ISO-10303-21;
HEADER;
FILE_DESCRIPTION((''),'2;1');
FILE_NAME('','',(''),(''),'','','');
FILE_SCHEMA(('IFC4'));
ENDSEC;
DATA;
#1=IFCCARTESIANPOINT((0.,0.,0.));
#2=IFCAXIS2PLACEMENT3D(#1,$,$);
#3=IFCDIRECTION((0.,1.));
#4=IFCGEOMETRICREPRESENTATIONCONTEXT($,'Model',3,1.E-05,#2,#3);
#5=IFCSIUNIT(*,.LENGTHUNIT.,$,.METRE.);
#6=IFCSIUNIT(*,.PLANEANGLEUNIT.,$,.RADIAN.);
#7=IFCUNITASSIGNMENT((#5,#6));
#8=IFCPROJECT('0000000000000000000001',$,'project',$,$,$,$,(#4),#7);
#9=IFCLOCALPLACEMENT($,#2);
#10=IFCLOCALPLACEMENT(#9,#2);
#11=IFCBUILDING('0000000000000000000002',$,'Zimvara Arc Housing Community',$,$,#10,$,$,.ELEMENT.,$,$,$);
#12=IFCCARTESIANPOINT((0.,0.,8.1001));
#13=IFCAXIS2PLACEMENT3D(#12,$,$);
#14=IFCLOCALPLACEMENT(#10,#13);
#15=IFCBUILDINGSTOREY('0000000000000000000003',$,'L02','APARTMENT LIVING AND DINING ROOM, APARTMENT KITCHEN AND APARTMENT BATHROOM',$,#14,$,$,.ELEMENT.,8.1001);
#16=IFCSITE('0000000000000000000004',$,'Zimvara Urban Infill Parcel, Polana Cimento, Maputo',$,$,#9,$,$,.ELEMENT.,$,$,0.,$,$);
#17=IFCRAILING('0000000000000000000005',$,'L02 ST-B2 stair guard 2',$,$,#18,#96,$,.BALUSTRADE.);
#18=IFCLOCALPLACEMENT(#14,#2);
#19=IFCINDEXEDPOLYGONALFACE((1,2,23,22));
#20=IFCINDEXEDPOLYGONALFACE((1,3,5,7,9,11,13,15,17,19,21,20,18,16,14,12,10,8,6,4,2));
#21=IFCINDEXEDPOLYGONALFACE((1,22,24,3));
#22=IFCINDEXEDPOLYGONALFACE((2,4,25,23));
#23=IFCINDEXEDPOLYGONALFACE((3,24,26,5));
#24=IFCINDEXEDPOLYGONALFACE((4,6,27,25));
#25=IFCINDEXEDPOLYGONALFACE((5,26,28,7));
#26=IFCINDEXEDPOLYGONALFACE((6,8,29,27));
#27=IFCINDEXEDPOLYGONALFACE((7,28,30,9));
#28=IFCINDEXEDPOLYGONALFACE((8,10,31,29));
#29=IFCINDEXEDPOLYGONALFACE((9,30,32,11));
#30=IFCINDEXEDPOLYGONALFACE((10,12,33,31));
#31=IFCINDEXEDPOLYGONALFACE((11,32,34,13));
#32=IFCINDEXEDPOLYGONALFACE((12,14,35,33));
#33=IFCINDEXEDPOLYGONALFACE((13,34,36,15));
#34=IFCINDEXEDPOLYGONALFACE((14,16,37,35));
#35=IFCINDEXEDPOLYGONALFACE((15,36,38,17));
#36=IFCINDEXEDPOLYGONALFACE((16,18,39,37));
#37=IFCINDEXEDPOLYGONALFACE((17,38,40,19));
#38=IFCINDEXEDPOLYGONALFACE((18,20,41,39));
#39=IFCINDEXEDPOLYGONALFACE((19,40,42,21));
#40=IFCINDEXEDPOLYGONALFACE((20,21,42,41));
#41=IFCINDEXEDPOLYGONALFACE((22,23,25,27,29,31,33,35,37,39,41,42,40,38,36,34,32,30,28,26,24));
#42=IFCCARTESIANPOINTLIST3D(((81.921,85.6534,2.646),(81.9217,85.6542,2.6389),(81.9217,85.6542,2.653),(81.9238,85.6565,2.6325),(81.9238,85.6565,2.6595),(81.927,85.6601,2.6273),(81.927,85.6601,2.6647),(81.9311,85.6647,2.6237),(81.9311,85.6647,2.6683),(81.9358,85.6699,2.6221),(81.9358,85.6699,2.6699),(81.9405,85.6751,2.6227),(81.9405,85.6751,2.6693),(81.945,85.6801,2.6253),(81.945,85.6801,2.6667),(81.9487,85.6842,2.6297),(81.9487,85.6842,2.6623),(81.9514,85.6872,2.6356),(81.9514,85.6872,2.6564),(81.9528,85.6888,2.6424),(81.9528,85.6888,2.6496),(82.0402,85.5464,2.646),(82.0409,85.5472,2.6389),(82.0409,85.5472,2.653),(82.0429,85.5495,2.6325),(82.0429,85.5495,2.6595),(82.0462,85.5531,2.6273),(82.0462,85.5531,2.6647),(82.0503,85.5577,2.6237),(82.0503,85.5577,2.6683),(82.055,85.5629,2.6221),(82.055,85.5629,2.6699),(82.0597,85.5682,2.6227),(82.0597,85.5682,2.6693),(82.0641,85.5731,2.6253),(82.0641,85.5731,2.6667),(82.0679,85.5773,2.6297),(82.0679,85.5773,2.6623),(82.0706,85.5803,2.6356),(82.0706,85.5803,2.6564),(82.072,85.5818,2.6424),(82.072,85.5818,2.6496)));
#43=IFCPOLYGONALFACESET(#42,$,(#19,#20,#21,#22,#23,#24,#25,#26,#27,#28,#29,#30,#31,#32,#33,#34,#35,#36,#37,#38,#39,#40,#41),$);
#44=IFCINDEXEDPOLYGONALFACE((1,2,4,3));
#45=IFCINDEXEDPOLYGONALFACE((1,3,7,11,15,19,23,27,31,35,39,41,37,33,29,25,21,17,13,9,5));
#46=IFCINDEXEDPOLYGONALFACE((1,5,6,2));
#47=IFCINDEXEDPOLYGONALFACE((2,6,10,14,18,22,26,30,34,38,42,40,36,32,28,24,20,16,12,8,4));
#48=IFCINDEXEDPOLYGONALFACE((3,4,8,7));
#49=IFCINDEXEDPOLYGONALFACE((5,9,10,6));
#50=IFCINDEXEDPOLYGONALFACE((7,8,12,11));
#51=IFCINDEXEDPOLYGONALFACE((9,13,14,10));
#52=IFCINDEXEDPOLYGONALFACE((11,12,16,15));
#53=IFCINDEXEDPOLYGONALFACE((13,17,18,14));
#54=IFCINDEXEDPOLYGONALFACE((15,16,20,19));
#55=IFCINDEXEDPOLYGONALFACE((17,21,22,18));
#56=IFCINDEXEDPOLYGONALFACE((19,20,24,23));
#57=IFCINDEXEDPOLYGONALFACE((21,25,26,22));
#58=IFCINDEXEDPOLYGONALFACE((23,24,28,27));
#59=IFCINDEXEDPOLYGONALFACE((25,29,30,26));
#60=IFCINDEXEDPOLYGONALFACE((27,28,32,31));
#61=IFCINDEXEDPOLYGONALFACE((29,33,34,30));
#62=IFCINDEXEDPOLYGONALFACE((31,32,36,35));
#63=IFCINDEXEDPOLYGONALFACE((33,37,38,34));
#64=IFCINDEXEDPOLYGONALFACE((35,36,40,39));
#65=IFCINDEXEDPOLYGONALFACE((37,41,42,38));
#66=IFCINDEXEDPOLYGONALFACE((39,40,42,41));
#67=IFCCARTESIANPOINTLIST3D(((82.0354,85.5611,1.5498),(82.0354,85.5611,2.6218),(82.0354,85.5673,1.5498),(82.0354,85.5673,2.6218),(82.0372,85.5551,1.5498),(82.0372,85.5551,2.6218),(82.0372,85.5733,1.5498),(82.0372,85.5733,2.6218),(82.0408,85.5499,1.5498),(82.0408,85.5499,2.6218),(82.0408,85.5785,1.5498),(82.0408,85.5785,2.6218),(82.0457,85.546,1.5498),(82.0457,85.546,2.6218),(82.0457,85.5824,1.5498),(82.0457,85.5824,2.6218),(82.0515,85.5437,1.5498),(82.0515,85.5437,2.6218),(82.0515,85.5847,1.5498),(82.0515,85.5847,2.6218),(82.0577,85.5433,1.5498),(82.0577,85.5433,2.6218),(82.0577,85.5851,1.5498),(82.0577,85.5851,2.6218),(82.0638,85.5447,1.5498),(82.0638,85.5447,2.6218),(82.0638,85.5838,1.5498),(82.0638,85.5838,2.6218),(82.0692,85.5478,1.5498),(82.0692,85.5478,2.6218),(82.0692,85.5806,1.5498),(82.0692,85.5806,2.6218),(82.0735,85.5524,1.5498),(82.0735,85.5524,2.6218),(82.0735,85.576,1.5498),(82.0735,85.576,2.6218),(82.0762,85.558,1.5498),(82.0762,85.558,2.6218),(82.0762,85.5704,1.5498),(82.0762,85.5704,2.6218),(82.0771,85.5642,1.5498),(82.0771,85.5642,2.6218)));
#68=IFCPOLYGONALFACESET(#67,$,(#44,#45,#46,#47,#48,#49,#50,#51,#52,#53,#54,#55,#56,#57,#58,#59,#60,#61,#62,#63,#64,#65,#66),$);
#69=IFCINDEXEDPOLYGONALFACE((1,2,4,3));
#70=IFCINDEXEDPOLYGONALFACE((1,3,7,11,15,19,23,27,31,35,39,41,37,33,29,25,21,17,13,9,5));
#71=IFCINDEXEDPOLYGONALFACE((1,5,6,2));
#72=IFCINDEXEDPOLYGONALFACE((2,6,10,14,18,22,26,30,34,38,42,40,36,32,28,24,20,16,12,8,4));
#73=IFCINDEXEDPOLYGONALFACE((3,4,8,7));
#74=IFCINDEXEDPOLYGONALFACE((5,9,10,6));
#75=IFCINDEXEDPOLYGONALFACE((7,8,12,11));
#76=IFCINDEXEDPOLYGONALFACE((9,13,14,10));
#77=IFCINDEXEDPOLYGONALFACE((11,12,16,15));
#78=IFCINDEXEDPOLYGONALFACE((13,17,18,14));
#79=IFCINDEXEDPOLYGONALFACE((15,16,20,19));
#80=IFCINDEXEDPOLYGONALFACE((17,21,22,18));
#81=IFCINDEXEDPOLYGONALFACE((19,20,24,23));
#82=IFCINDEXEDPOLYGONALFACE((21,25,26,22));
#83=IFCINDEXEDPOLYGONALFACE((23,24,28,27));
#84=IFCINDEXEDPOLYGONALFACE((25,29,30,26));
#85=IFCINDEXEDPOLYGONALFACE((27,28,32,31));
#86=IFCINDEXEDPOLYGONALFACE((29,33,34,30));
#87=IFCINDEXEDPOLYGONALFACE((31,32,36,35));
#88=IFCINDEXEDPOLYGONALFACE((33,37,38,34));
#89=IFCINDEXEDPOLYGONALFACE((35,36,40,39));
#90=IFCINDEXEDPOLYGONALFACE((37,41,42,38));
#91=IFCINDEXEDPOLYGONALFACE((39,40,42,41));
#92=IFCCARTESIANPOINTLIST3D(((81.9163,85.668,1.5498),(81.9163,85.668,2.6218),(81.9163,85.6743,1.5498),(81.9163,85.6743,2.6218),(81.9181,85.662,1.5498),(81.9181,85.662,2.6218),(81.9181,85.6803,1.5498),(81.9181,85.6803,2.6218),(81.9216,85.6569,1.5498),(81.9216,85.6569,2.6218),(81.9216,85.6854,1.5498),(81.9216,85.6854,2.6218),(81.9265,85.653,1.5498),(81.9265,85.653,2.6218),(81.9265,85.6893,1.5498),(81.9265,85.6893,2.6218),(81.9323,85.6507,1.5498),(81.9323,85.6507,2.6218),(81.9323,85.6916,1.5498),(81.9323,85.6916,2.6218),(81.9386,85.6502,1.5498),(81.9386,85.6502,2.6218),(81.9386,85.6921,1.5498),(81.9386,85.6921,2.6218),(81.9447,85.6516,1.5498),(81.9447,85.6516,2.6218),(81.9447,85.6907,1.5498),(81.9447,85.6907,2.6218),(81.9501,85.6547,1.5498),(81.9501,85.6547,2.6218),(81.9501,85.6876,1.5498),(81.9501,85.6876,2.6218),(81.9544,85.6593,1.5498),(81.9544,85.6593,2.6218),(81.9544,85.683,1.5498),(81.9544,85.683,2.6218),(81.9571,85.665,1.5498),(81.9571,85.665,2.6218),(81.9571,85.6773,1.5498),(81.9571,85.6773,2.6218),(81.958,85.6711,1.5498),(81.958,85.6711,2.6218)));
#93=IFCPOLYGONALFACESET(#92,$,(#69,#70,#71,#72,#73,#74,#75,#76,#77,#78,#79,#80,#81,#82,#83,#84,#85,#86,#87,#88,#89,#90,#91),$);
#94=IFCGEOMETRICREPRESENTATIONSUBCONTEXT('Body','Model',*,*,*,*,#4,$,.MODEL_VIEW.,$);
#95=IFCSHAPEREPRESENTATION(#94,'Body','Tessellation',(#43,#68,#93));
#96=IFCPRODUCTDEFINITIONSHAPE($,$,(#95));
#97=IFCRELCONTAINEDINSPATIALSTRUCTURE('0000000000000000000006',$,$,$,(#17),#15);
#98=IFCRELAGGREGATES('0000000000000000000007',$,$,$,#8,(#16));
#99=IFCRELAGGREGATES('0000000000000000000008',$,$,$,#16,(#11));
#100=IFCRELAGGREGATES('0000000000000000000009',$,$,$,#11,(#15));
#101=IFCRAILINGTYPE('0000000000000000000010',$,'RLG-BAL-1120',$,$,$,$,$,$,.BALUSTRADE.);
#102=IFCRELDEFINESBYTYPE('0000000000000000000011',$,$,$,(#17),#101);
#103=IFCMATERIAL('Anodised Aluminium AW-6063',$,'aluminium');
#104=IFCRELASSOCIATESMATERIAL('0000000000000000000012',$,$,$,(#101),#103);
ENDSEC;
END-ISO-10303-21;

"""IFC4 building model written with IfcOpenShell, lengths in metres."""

from ifc_helpers import new_model, si_unit, direction, frame, origin, origin_2d, place, context, subcontext, project, spatial, circle, extrude, material, type_object, element, save


model = new_model("IFC4")

# Units and contexts
model_context = context("Model", 3, precision=1e-05, world=origin(), true_north=direction((0.0, 1.0)))
body_context = subcontext(model_context, "Body", "Model", "MODEL_VIEW")
ifc_project = project(units=[si_unit("LENGTHUNIT", "METRE"), si_unit("PLANEANGLEUNIT", "RADIAN")], contexts=[model_context])

# Site, building, storey
site_placement = place(None, origin())
site = spatial("IfcSite", under=ifc_project, at=site_placement, Name="Zimvara Urban Infill Parcel, Polana Cimento, Maputo", CompositionType="ELEMENT", RefElevation=0.0)
building_placement = place(site_placement, origin())
building = spatial("IfcBuilding", under=site, at=building_placement, Name="Zimvara Arc Housing Community", CompositionType="ELEMENT")
storey_placement = place(building_placement, frame((0.0, 0.0, 8.1001)))
storey = spatial("IfcBuildingStorey", under=building, at=storey_placement, Name="L02", Description="APARTMENT LIVING AND DINING ROOM, APARTMENT KITCHEN AND APARTMENT BATHROOM", CompositionType="ELEMENT", Elevation=8.1001)

# Railing
ifc_material_1 = material(Name="Anodised Aluminium AW-6063", Category="aluminium")
railing_type_1 = type_object("IfcRailingType", Name="RLG-BAL-1120", PredefinedType="BALUSTRADE", material=ifc_material_1)
railing_1_placement = place(storey_placement, frame((82.0562, 85.5642, 1.5498)))
element("IfcRailing", 1, at=railing_1_placement, inside=storey, type_object=railing_type_1, Name="L02 ST-B2 stair guard 2", PredefinedType="BALUSTRADE", context=body_context, shape_type="SweptSolid", body=[
    extrude(circle(Radius=0.0239, at=origin_2d()), frame((0.0, 0.0, 1.0962), z_axis=(-0.744203, 0.667953, 0.0), x_axis=(-0.667953, -0.744203, 0.0)), (0.0, 0.0, 1.0), 0.1602),
    extrude(circle(Radius=0.021, at=origin_2d()), origin(), (0.0, 0.0, 1.0), 1.072),
    extrude(circle(Radius=0.021, at=origin_2d()), frame((-0.1191, 0.1069, 0.0)), (0.0, 0.0, 1.0), 1.072),
])

save(model, "model.ifc")
